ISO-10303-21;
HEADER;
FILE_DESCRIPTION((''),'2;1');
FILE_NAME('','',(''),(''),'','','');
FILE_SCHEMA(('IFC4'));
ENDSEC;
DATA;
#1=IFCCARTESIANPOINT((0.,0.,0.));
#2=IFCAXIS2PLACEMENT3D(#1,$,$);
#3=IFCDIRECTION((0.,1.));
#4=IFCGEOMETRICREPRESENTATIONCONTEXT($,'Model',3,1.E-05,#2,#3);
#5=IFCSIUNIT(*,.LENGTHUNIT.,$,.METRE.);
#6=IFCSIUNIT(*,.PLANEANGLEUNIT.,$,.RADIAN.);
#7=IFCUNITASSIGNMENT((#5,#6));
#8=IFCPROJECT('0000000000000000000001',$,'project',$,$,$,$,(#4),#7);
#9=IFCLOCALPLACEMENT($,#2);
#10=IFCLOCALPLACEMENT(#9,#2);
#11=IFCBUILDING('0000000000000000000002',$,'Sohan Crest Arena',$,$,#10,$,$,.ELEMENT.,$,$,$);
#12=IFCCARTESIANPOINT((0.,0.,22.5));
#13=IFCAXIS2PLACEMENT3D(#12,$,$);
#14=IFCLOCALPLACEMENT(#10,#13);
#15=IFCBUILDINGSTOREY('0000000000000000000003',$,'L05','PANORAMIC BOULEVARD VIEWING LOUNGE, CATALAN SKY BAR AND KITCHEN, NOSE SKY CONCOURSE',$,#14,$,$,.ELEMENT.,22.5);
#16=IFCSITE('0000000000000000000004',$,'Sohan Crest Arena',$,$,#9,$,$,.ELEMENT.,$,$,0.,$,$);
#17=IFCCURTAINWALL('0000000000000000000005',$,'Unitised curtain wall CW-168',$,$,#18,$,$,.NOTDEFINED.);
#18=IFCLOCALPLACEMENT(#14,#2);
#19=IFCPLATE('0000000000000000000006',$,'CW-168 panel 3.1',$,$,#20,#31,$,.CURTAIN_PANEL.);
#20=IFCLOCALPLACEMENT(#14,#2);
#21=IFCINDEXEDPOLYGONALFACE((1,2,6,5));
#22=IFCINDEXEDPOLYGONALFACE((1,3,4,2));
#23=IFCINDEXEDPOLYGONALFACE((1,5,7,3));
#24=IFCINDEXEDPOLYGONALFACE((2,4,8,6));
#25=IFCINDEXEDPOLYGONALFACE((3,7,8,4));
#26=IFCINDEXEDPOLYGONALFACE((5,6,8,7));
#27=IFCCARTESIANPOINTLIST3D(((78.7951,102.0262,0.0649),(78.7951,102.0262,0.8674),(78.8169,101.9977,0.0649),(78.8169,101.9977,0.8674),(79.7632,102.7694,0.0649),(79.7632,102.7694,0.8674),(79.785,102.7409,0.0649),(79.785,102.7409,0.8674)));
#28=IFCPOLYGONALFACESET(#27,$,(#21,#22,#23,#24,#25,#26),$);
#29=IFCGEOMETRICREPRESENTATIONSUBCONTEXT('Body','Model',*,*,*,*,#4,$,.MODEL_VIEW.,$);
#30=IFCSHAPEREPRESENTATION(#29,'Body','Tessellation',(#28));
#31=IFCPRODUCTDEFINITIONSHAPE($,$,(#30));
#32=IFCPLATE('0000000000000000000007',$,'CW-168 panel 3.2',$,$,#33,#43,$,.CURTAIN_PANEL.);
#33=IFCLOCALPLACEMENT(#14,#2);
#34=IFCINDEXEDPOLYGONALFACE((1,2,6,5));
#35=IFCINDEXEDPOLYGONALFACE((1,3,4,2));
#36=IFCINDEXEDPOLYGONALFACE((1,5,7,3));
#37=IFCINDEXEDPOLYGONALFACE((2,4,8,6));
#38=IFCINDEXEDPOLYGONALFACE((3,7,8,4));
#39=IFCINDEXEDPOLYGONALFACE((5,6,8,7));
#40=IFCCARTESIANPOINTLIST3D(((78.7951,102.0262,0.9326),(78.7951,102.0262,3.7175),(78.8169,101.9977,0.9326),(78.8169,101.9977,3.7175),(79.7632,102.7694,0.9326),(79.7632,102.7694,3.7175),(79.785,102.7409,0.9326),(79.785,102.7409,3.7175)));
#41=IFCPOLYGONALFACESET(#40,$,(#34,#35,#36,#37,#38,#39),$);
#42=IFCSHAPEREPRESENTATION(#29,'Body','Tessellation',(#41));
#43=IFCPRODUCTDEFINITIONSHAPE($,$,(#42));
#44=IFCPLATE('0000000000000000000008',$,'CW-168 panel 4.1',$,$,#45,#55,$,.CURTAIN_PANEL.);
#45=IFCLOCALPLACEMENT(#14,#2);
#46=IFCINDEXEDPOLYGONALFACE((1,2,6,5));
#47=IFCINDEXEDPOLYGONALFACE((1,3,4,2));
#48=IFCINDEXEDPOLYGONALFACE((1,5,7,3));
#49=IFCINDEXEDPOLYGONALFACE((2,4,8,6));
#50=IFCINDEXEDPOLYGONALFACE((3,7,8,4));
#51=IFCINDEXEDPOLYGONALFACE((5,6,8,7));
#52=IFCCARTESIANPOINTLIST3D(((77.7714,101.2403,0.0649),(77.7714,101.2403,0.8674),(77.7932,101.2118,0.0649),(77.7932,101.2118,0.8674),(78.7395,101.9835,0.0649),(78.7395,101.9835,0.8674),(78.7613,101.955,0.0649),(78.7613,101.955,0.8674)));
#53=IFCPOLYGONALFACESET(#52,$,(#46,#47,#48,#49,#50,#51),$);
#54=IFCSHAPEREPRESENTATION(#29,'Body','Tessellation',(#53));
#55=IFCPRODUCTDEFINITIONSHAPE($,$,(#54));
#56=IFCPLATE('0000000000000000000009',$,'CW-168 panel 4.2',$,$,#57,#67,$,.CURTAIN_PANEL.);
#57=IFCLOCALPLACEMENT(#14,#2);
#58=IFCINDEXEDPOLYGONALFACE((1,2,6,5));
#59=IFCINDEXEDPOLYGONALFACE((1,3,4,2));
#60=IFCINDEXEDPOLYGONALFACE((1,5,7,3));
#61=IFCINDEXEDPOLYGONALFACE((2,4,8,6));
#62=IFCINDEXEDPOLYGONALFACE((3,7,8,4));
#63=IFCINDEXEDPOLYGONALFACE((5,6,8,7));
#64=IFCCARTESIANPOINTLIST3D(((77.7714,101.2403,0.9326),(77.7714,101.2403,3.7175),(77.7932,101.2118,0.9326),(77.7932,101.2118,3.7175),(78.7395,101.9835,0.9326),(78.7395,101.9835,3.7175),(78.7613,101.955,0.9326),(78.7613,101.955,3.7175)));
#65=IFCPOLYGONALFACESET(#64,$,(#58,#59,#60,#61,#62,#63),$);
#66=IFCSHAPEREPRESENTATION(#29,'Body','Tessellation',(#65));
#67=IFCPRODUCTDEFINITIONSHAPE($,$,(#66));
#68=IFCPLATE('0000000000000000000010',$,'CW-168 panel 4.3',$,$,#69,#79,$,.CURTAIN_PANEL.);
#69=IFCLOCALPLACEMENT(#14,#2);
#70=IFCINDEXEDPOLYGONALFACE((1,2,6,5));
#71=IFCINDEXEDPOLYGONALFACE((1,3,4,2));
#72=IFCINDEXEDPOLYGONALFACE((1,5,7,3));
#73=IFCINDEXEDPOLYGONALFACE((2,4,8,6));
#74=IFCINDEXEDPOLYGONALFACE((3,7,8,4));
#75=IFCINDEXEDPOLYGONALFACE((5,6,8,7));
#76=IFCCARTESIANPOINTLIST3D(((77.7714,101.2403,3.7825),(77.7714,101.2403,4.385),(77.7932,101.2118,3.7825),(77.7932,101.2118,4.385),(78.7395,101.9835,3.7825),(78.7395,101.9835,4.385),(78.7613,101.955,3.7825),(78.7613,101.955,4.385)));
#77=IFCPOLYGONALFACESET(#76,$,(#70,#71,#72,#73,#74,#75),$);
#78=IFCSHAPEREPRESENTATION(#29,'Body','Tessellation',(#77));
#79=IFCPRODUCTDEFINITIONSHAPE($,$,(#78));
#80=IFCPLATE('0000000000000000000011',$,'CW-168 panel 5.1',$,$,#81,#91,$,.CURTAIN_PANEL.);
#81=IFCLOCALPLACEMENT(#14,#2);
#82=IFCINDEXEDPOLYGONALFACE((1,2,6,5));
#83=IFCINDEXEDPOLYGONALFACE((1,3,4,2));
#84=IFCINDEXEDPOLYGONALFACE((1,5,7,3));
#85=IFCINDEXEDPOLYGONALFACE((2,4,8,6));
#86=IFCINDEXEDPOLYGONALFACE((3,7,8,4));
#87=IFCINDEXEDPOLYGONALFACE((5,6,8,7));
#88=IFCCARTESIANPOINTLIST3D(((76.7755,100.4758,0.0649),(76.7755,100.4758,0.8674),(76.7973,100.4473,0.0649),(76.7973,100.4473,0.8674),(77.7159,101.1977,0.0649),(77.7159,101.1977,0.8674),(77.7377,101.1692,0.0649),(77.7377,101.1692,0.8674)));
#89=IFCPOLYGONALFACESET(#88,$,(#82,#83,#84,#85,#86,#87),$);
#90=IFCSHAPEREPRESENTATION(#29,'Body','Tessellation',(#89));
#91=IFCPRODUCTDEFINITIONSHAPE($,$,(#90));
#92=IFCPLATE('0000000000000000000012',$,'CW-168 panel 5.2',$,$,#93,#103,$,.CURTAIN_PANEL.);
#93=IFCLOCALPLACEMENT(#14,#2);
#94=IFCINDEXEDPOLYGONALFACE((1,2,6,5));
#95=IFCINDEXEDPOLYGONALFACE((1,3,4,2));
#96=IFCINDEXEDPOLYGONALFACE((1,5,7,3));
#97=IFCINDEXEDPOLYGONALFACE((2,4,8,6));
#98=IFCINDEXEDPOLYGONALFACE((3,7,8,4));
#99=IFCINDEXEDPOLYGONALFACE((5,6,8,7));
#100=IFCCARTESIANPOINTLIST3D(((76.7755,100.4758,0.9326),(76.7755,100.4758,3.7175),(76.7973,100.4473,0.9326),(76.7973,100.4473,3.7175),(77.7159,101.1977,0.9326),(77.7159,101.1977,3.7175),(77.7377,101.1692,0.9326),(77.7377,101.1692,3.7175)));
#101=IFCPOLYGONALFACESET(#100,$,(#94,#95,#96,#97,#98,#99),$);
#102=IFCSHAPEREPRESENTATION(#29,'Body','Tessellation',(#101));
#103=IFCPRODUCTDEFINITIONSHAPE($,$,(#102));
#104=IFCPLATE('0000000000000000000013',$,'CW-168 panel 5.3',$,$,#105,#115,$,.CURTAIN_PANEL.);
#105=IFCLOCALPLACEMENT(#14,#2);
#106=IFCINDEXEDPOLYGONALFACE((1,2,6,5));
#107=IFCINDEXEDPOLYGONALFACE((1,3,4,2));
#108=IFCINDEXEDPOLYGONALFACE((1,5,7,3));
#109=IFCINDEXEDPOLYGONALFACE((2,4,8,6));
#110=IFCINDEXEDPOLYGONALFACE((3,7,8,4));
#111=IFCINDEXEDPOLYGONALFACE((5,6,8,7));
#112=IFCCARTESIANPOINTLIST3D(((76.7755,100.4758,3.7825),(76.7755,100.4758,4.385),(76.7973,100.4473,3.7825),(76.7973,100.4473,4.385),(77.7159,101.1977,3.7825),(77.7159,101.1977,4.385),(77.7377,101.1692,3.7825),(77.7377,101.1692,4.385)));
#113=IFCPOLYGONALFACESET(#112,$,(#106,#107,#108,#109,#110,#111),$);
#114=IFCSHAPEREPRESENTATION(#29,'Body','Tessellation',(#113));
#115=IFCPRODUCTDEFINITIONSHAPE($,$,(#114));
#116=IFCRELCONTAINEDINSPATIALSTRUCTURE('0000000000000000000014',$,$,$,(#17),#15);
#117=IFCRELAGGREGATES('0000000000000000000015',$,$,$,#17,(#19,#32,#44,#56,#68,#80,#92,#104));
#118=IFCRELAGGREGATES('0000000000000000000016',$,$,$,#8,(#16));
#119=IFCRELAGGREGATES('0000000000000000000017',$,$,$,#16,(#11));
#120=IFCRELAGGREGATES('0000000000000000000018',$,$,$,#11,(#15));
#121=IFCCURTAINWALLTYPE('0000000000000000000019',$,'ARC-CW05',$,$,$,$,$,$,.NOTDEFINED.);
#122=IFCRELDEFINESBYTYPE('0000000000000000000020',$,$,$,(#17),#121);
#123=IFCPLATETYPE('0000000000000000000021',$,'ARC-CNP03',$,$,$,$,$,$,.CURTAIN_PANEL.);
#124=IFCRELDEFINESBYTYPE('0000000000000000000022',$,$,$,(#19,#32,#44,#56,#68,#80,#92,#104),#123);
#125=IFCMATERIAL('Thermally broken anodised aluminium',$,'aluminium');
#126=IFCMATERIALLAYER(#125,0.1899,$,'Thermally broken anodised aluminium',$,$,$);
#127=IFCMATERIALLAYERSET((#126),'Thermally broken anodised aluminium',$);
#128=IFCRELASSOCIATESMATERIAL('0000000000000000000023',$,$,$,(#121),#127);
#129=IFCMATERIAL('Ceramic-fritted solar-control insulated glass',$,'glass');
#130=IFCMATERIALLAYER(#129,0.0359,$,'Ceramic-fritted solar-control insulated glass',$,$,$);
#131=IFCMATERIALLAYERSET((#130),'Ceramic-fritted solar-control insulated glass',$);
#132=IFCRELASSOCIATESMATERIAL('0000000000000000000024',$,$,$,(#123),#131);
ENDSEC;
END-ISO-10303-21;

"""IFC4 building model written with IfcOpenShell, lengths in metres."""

from ifc_helpers import new_model, si_unit, direction, frame, origin, origin_2d, place, context, subcontext, project, spatial, rectangle, extrude, material, layer, layer_set, type_object, element, aggregate, save


model = new_model("IFC4")

# Units and contexts
model_context = context("Model", 3, precision=1e-05, world=origin(), true_north=direction((0.0, 1.0)))
body_context = subcontext(model_context, "Body", "Model", "MODEL_VIEW")
ifc_project = project(units=[si_unit("LENGTHUNIT", "METRE"), si_unit("PLANEANGLEUNIT", "RADIAN")], contexts=[model_context])

# Site, building, storey
site_placement = place(None, origin())
site = spatial("IfcSite", under=ifc_project, at=site_placement, Name="Sohan Crest Arena", CompositionType="ELEMENT", RefElevation=0.0)
building_placement = place(site_placement, origin())
building = spatial("IfcBuilding", under=site, at=building_placement, Name="Sohan Crest Arena", CompositionType="ELEMENT")
storey_placement = place(building_placement, frame((0.0, 0.0, 22.5)))
storey = spatial("IfcBuildingStorey", under=building, at=storey_placement, Name="L05", Description="PANORAMIC BOULEVARD VIEWING LOUNGE, CATALAN SKY BAR AND KITCHEN, NOSE SKY CONCOURSE", CompositionType="ELEMENT", Elevation=22.5)

# Curtain wall
ifc_material_1 = material(Name="Thermally broken anodised aluminium", Category="aluminium")
ifc_layer_1 = layer(ifc_material_1, 0.1899, Name="Thermally broken anodised aluminium")
ifc_layer_set_1 = layer_set([ifc_layer_1], Name="Thermally broken anodised aluminium")
curtain_wall_type = type_object("IfcCurtainWallType", Name="ARC-CW05", PredefinedType="NOTDEFINED", material=ifc_layer_set_1)
curtain_wall_1_placement = place(storey_placement, origin())
curtain_wall_1 = element("IfcCurtainWall", 1, at=curtain_wall_1_placement, inside=storey, type_object=curtain_wall_type, Name="Unitised curtain wall CW-168", PredefinedType="NOTDEFINED")

# Plates
ifc_material_2 = material(Name="Ceramic-fritted solar-control insulated glass", Category="glass")
ifc_layer_2 = layer(ifc_material_2, 0.0359, Name="Ceramic-fritted solar-control insulated glass")
ifc_layer_set_2 = layer_set([ifc_layer_2], Name="Ceramic-fritted solar-control insulated glass")
plate_type = type_object("IfcPlateType", Name="ARC-CNP03", PredefinedType="CURTAIN_PANEL", material=ifc_layer_set_2)
plate_1_placement = place(storey_placement, frame((79.29, 102.3835, 0.0649), z_axis=(0.0, 0.0, 1.0), x_axis=(-0.793217, -0.608939, 0.0)))
plate_1 = element("IfcPlate", 2, at=plate_1_placement, type_object=plate_type, Name="CW-168 panel 3.1", PredefinedType="CURTAIN_PANEL", context=body_context, shape_type="SweptSolid", body=[
    extrude(rectangle(XDim=1.2205, YDim=0.0359, at=origin_2d()), origin(), (0.0, 0.0, 1.0), 0.8025),
])
plate_2_placement = place(storey_placement, frame((79.29, 102.3835, 0.9326), z_axis=(0.0, 0.0, 1.0), x_axis=(-0.793217, -0.608939, 0.0)))
plate_2 = element("IfcPlate", 3, at=plate_2_placement, type_object=plate_type, Name="CW-168 panel 3.2", PredefinedType="CURTAIN_PANEL", context=body_context, shape_type="SweptSolid", body=[
    extrude(rectangle(XDim=1.2205, YDim=0.0359, at=origin_2d()), origin(), (0.0, 0.0, 1.0), 2.7849),
])
plate_3_placement = place(storey_placement, frame((78.2664, 101.5977, 0.0649), z_axis=(0.0, 0.0, 1.0), x_axis=(-0.793217, -0.608939, 0.0)))
plate_3 = element("IfcPlate", 4, at=plate_3_placement, type_object=plate_type, Name="CW-168 panel 4.1", PredefinedType="CURTAIN_PANEL", context=body_context, shape_type="SweptSolid", body=[
    extrude(rectangle(XDim=1.2205, YDim=0.0359, at=origin_2d()), origin(), (0.0, 0.0, 1.0), 0.8025),
])
plate_4_placement = place(storey_placement, frame((78.2664, 101.5977, 0.9326), z_axis=(0.0, 0.0, 1.0), x_axis=(-0.793217, -0.608939, 0.0)))
plate_4 = element("IfcPlate", 5, at=plate_4_placement, type_object=plate_type, Name="CW-168 panel 4.2", PredefinedType="CURTAIN_PANEL", context=body_context, shape_type="SweptSolid", body=[
    extrude(rectangle(XDim=1.2205, YDim=0.0359, at=origin_2d()), origin(), (0.0, 0.0, 1.0), 2.7849),
])
plate_5_placement = place(storey_placement, frame((78.2664, 101.5977, 3.7825), z_axis=(0.0, 0.0, 1.0), x_axis=(-0.793217, -0.608939, 0.0)))
plate_5 = element("IfcPlate", 6, at=plate_5_placement, type_object=plate_type, Name="CW-168 panel 4.3", PredefinedType="CURTAIN_PANEL", context=body_context, shape_type="SweptSolid", body=[
    extrude(rectangle(XDim=1.2205, YDim=0.0359, at=origin_2d()), origin(), (0.0, 0.0, 1.0), 0.6025),
])
plate_6_placement = place(storey_placement, frame((77.2566, 100.8225, 0.0649), z_axis=(0.0, 0.0, 1.0), x_axis=(-0.793217, -0.608939, 0.0)))
plate_6 = element("IfcPlate", 7, at=plate_6_placement, type_object=plate_type, Name="CW-168 panel 5.1", PredefinedType="CURTAIN_PANEL", context=body_context, shape_type="SweptSolid", body=[
    extrude(rectangle(XDim=1.1855, YDim=0.0359, at=origin_2d()), origin(), (0.0, 0.0, 1.0), 0.8025),
])
plate_7_placement = place(storey_placement, frame((77.2566, 100.8225, 0.9326), z_axis=(0.0, 0.0, 1.0), x_axis=(-0.793217, -0.608939, 0.0)))
plate_7 = element("IfcPlate", 8, at=plate_7_placement, type_object=plate_type, Name="CW-168 panel 5.2", PredefinedType="CURTAIN_PANEL", context=body_context, shape_type="SweptSolid", body=[
    extrude(rectangle(XDim=1.1855, YDim=0.0359, at=origin_2d()), origin(), (0.0, 0.0, 1.0), 2.7849),
])
plate_8_placement = place(storey_placement, frame((77.2566, 100.8225, 3.7825), z_axis=(0.0, 0.0, 1.0), x_axis=(-0.793217, -0.608939, 0.0)))
plate_8 = element("IfcPlate", 9, at=plate_8_placement, type_object=plate_type, Name="CW-168 panel 5.3", PredefinedType="CURTAIN_PANEL", context=body_context, shape_type="SweptSolid", body=[
    extrude(rectangle(XDim=1.1855, YDim=0.0359, at=origin_2d()), origin(), (0.0, 0.0, 1.0), 0.6025),
])
aggregate(curtain_wall_1, [plate_1, plate_2, plate_3, plate_4, plate_5, plate_6, plate_7, plate_8])

save(model, "model.ifc")
